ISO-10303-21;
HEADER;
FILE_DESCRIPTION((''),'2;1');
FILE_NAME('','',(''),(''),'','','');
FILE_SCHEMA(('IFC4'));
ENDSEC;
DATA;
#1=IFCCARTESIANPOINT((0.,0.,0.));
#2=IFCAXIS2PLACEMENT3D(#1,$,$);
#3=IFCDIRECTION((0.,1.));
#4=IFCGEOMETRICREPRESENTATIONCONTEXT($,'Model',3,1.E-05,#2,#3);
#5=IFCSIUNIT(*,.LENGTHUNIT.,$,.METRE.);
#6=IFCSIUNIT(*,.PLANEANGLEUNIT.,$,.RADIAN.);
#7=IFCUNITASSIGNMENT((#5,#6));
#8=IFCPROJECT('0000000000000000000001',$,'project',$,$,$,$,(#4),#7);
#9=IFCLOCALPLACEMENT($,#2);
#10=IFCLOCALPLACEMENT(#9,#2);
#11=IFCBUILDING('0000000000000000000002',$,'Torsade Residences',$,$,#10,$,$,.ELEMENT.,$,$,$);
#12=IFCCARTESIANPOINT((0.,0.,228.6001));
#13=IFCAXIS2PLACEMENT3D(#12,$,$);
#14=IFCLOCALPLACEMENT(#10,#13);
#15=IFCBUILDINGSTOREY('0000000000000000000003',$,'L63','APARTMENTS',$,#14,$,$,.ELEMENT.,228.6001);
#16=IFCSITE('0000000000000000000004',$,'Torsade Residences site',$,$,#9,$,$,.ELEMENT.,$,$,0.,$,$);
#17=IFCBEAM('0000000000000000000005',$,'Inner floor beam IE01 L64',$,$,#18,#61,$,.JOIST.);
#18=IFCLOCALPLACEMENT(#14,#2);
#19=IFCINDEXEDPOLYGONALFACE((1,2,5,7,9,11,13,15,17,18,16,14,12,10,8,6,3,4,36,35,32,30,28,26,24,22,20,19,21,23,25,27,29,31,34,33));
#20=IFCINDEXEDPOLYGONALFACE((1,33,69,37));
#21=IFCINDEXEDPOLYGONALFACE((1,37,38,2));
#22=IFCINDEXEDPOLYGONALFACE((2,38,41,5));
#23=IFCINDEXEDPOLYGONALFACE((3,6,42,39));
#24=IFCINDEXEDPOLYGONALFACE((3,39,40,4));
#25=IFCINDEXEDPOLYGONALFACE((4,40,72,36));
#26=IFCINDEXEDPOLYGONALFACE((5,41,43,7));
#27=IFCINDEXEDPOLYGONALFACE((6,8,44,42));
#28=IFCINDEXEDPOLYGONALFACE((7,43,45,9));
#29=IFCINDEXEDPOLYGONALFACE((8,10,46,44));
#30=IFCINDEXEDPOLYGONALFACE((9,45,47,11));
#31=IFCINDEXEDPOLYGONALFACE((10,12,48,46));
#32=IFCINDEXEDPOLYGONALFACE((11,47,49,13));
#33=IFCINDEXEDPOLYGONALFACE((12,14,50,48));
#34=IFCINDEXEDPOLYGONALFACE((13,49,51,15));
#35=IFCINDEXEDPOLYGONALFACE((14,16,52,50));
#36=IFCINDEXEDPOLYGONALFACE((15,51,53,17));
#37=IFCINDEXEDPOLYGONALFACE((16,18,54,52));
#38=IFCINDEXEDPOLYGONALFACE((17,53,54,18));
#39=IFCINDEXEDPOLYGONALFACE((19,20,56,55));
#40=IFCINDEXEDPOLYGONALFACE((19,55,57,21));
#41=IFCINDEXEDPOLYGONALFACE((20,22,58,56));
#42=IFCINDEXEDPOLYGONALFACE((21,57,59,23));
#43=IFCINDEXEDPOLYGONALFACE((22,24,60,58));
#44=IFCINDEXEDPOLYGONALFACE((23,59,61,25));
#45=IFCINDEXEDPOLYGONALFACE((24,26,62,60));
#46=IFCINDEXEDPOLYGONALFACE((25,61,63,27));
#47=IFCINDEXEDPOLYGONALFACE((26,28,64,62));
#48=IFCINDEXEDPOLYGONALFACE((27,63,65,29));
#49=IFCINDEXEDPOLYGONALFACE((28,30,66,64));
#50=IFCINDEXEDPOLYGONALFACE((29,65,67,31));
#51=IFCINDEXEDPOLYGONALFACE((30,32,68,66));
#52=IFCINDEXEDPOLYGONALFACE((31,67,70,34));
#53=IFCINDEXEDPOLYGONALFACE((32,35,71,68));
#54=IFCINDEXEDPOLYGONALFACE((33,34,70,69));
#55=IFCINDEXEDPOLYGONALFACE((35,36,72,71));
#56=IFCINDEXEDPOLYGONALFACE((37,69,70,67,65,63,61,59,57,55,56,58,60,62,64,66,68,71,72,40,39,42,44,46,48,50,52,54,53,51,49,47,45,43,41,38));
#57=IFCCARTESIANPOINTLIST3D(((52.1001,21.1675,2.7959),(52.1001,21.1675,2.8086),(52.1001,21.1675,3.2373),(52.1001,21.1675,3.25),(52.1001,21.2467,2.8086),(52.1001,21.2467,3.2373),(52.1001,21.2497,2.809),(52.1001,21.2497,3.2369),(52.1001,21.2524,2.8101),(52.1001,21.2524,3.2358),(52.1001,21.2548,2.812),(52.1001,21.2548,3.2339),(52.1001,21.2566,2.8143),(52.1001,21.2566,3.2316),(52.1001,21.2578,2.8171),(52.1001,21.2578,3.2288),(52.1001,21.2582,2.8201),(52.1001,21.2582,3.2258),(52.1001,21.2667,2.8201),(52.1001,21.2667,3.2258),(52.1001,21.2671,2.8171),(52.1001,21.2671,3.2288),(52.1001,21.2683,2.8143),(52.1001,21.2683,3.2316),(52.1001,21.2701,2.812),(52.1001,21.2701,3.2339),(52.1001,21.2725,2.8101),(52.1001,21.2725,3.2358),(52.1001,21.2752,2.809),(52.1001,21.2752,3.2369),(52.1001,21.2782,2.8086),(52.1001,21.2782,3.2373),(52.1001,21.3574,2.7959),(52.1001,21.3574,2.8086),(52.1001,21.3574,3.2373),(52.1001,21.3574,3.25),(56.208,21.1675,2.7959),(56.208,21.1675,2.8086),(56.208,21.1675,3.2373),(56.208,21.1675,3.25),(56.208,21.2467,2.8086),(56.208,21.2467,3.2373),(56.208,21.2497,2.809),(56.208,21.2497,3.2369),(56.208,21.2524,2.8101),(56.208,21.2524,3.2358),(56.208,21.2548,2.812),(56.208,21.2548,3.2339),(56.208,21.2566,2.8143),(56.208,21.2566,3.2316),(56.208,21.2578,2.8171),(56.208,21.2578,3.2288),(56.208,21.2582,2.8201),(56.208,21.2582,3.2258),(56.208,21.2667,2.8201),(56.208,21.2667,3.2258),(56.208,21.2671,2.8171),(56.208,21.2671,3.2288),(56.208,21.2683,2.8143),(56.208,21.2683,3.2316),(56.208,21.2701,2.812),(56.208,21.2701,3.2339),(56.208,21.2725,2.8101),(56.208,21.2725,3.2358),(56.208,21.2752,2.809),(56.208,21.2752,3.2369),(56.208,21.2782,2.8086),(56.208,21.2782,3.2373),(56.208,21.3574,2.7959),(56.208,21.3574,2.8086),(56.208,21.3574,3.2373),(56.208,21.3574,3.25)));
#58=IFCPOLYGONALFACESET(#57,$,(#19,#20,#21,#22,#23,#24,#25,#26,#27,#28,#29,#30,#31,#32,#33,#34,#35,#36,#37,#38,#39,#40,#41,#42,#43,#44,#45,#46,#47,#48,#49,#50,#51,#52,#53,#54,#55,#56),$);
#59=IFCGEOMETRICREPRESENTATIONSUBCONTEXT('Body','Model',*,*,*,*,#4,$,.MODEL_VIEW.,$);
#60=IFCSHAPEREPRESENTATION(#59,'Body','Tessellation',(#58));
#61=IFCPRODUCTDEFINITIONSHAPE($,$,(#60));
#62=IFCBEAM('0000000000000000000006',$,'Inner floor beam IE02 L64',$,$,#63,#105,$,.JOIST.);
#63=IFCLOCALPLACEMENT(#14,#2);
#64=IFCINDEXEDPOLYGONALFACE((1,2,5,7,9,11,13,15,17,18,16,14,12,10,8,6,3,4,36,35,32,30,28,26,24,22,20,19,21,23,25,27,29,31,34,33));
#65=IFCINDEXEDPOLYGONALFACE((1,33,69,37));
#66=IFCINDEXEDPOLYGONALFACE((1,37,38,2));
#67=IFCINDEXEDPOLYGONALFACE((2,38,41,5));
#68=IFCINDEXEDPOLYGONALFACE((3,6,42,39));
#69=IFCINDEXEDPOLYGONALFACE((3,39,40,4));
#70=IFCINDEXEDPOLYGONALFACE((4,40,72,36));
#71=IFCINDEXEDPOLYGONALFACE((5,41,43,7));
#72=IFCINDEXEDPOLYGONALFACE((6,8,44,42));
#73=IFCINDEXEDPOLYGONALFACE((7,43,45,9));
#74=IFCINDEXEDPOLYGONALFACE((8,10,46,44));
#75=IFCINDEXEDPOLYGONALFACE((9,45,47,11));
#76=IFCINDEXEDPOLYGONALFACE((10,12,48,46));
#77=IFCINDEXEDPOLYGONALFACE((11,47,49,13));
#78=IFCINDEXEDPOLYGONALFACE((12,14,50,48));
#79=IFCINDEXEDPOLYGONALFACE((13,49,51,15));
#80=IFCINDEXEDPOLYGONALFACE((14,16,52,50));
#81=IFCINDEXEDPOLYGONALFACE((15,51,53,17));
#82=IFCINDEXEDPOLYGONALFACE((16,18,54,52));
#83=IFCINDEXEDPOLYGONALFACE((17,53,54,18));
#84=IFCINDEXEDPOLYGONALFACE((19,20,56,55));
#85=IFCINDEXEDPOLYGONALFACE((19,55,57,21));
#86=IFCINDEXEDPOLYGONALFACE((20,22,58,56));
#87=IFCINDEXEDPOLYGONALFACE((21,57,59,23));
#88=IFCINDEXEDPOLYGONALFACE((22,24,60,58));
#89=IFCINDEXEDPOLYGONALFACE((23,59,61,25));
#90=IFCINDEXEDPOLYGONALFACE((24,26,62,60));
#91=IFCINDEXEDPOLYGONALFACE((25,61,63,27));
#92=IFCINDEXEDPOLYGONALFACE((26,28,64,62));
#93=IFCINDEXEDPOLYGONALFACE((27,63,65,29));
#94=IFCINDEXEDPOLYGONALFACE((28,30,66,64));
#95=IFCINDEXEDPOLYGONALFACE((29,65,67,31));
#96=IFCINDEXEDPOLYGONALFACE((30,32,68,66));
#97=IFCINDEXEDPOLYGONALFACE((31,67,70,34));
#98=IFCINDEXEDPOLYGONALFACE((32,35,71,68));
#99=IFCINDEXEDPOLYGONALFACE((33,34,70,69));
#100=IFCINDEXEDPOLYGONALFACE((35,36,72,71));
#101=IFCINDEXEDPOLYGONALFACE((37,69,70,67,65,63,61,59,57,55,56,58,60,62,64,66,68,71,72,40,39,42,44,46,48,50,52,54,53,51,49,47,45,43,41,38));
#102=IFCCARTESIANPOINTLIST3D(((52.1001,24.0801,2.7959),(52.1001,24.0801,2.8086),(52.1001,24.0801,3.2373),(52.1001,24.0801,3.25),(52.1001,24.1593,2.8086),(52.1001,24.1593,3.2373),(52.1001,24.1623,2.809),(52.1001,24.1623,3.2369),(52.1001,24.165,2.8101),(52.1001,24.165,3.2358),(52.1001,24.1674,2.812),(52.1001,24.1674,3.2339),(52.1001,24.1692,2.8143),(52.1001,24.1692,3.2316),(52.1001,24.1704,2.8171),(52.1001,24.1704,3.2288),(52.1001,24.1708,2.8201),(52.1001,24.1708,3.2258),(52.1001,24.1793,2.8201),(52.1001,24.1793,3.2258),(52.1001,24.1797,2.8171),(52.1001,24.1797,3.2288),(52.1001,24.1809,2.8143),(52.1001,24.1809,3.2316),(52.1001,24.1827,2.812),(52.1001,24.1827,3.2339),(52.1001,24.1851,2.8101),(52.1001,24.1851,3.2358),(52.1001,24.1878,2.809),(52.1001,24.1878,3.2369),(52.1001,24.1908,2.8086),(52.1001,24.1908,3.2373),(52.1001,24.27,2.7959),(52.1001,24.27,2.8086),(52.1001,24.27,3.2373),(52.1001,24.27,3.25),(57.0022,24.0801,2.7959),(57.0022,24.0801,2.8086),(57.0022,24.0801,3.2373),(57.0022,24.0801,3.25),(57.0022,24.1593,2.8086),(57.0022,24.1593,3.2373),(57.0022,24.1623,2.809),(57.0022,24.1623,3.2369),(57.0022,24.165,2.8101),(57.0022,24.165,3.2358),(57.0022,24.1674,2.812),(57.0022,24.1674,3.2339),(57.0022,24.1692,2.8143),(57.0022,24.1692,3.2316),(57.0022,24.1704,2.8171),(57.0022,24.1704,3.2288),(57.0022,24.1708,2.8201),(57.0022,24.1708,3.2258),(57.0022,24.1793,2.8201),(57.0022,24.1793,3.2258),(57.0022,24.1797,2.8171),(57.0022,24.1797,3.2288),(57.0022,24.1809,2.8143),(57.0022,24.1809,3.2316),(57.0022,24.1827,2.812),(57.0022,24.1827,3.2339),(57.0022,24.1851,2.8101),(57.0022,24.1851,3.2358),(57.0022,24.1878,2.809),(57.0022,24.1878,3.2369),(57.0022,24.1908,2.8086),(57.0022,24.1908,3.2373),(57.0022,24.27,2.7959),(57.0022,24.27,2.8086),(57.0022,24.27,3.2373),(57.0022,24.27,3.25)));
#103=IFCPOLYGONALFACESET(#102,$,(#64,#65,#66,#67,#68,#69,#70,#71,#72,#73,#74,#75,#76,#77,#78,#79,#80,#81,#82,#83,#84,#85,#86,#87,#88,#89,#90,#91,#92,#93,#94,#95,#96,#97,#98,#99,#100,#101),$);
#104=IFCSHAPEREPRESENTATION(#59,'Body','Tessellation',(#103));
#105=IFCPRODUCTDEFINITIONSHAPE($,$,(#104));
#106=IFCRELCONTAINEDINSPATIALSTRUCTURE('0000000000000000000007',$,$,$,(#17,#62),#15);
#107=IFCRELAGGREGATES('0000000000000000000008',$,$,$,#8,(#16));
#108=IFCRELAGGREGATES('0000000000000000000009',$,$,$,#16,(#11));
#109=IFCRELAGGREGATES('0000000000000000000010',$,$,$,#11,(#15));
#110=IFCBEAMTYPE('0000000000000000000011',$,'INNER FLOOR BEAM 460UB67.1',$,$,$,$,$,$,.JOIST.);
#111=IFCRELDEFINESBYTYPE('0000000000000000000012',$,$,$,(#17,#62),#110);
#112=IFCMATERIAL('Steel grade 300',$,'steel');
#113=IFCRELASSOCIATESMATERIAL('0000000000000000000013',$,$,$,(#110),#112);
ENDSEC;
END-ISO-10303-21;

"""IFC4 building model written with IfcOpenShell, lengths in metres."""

from ifc_helpers import new_model, si_unit, direction, frame, origin, origin_2d, place, context, subcontext, project, spatial, i_section, extrude, material, material_profile, profile_set, type_object, element, save


model = new_model("IFC4")

# Units and contexts
model_context = context("Model", 3, precision=1e-05, world=origin(), true_north=direction((0.0, 1.0)))
body_context = subcontext(model_context, "Body", "Model", "MODEL_VIEW")
ifc_project = project(units=[si_unit("LENGTHUNIT", "METRE"), si_unit("PLANEANGLEUNIT", "RADIAN")], contexts=[model_context])

# Site, building, storey
site_placement = place(None, origin())
site = spatial("IfcSite", under=ifc_project, at=site_placement, Name="Torsade Residences site", CompositionType="ELEMENT", RefElevation=0.0)
building_placement = place(site_placement, origin())
building = spatial("IfcBuilding", under=site, at=building_placement, Name="Torsade Residences", CompositionType="ELEMENT")
storey_placement = place(building_placement, frame((0.0, 0.0, 228.6001)))
storey = spatial("IfcBuildingStorey", under=building, at=storey_placement, Name="L63", Description="APARTMENTS", CompositionType="ELEMENT", Elevation=228.6001)

# Beams
ifc_material_1 = material(Name="Steel grade 300", Category="steel")
ifc_material_profile = material_profile(ifc_material_1, i_section(OverallWidth=0.1899, OverallDepth=0.4541, WebThickness=0.0085, FlangeThickness=0.0127, FilletRadius=0.0115, at=origin_2d()), Name="460UB67.1")
ifc_profile_set = profile_set([ifc_material_profile], Name="Steel grade 300")
beam_type = type_object("IfcBeamType", Name="INNER FLOOR BEAM 460UB67.1", PredefinedType="JOIST", material=ifc_profile_set)
beam_1_placement = place(storey_placement, frame((52.1001, 21.2625, 3.0229), z_axis=(1.0, 0.0, 0.0), x_axis=(0.0, 1.0, 0.0)))
element("IfcBeam", 1, at=beam_1_placement, inside=storey, type_object=beam_type, Name="Inner floor beam IE01 L64", PredefinedType="JOIST", context=body_context, shape_type="SweptSolid", body=[
    extrude(i_section(OverallWidth=0.1899, OverallDepth=0.4541, WebThickness=0.0085, FlangeThickness=0.0127, FilletRadius=0.0115, at=origin_2d()), origin(), (0.0, 0.0, 1.0), 4.1079),
])
beam_2_placement = place(storey_placement, frame((52.1001, 24.175, 3.0229), z_axis=(1.0, 0.0, 0.0), x_axis=(0.0, 1.0, 0.0)))
element("IfcBeam", 2, at=beam_2_placement, inside=storey, type_object=beam_type, Name="Inner floor beam IE02 L64", PredefinedType="JOIST", context=body_context, shape_type="SweptSolid", body=[
    extrude(i_section(OverallWidth=0.1899, OverallDepth=0.4541, WebThickness=0.0085, FlangeThickness=0.0127, FilletRadius=0.0115, at=origin_2d()), origin(), (0.0, 0.0, 1.0), 4.9021),
])

save(model, "model.ifc")
